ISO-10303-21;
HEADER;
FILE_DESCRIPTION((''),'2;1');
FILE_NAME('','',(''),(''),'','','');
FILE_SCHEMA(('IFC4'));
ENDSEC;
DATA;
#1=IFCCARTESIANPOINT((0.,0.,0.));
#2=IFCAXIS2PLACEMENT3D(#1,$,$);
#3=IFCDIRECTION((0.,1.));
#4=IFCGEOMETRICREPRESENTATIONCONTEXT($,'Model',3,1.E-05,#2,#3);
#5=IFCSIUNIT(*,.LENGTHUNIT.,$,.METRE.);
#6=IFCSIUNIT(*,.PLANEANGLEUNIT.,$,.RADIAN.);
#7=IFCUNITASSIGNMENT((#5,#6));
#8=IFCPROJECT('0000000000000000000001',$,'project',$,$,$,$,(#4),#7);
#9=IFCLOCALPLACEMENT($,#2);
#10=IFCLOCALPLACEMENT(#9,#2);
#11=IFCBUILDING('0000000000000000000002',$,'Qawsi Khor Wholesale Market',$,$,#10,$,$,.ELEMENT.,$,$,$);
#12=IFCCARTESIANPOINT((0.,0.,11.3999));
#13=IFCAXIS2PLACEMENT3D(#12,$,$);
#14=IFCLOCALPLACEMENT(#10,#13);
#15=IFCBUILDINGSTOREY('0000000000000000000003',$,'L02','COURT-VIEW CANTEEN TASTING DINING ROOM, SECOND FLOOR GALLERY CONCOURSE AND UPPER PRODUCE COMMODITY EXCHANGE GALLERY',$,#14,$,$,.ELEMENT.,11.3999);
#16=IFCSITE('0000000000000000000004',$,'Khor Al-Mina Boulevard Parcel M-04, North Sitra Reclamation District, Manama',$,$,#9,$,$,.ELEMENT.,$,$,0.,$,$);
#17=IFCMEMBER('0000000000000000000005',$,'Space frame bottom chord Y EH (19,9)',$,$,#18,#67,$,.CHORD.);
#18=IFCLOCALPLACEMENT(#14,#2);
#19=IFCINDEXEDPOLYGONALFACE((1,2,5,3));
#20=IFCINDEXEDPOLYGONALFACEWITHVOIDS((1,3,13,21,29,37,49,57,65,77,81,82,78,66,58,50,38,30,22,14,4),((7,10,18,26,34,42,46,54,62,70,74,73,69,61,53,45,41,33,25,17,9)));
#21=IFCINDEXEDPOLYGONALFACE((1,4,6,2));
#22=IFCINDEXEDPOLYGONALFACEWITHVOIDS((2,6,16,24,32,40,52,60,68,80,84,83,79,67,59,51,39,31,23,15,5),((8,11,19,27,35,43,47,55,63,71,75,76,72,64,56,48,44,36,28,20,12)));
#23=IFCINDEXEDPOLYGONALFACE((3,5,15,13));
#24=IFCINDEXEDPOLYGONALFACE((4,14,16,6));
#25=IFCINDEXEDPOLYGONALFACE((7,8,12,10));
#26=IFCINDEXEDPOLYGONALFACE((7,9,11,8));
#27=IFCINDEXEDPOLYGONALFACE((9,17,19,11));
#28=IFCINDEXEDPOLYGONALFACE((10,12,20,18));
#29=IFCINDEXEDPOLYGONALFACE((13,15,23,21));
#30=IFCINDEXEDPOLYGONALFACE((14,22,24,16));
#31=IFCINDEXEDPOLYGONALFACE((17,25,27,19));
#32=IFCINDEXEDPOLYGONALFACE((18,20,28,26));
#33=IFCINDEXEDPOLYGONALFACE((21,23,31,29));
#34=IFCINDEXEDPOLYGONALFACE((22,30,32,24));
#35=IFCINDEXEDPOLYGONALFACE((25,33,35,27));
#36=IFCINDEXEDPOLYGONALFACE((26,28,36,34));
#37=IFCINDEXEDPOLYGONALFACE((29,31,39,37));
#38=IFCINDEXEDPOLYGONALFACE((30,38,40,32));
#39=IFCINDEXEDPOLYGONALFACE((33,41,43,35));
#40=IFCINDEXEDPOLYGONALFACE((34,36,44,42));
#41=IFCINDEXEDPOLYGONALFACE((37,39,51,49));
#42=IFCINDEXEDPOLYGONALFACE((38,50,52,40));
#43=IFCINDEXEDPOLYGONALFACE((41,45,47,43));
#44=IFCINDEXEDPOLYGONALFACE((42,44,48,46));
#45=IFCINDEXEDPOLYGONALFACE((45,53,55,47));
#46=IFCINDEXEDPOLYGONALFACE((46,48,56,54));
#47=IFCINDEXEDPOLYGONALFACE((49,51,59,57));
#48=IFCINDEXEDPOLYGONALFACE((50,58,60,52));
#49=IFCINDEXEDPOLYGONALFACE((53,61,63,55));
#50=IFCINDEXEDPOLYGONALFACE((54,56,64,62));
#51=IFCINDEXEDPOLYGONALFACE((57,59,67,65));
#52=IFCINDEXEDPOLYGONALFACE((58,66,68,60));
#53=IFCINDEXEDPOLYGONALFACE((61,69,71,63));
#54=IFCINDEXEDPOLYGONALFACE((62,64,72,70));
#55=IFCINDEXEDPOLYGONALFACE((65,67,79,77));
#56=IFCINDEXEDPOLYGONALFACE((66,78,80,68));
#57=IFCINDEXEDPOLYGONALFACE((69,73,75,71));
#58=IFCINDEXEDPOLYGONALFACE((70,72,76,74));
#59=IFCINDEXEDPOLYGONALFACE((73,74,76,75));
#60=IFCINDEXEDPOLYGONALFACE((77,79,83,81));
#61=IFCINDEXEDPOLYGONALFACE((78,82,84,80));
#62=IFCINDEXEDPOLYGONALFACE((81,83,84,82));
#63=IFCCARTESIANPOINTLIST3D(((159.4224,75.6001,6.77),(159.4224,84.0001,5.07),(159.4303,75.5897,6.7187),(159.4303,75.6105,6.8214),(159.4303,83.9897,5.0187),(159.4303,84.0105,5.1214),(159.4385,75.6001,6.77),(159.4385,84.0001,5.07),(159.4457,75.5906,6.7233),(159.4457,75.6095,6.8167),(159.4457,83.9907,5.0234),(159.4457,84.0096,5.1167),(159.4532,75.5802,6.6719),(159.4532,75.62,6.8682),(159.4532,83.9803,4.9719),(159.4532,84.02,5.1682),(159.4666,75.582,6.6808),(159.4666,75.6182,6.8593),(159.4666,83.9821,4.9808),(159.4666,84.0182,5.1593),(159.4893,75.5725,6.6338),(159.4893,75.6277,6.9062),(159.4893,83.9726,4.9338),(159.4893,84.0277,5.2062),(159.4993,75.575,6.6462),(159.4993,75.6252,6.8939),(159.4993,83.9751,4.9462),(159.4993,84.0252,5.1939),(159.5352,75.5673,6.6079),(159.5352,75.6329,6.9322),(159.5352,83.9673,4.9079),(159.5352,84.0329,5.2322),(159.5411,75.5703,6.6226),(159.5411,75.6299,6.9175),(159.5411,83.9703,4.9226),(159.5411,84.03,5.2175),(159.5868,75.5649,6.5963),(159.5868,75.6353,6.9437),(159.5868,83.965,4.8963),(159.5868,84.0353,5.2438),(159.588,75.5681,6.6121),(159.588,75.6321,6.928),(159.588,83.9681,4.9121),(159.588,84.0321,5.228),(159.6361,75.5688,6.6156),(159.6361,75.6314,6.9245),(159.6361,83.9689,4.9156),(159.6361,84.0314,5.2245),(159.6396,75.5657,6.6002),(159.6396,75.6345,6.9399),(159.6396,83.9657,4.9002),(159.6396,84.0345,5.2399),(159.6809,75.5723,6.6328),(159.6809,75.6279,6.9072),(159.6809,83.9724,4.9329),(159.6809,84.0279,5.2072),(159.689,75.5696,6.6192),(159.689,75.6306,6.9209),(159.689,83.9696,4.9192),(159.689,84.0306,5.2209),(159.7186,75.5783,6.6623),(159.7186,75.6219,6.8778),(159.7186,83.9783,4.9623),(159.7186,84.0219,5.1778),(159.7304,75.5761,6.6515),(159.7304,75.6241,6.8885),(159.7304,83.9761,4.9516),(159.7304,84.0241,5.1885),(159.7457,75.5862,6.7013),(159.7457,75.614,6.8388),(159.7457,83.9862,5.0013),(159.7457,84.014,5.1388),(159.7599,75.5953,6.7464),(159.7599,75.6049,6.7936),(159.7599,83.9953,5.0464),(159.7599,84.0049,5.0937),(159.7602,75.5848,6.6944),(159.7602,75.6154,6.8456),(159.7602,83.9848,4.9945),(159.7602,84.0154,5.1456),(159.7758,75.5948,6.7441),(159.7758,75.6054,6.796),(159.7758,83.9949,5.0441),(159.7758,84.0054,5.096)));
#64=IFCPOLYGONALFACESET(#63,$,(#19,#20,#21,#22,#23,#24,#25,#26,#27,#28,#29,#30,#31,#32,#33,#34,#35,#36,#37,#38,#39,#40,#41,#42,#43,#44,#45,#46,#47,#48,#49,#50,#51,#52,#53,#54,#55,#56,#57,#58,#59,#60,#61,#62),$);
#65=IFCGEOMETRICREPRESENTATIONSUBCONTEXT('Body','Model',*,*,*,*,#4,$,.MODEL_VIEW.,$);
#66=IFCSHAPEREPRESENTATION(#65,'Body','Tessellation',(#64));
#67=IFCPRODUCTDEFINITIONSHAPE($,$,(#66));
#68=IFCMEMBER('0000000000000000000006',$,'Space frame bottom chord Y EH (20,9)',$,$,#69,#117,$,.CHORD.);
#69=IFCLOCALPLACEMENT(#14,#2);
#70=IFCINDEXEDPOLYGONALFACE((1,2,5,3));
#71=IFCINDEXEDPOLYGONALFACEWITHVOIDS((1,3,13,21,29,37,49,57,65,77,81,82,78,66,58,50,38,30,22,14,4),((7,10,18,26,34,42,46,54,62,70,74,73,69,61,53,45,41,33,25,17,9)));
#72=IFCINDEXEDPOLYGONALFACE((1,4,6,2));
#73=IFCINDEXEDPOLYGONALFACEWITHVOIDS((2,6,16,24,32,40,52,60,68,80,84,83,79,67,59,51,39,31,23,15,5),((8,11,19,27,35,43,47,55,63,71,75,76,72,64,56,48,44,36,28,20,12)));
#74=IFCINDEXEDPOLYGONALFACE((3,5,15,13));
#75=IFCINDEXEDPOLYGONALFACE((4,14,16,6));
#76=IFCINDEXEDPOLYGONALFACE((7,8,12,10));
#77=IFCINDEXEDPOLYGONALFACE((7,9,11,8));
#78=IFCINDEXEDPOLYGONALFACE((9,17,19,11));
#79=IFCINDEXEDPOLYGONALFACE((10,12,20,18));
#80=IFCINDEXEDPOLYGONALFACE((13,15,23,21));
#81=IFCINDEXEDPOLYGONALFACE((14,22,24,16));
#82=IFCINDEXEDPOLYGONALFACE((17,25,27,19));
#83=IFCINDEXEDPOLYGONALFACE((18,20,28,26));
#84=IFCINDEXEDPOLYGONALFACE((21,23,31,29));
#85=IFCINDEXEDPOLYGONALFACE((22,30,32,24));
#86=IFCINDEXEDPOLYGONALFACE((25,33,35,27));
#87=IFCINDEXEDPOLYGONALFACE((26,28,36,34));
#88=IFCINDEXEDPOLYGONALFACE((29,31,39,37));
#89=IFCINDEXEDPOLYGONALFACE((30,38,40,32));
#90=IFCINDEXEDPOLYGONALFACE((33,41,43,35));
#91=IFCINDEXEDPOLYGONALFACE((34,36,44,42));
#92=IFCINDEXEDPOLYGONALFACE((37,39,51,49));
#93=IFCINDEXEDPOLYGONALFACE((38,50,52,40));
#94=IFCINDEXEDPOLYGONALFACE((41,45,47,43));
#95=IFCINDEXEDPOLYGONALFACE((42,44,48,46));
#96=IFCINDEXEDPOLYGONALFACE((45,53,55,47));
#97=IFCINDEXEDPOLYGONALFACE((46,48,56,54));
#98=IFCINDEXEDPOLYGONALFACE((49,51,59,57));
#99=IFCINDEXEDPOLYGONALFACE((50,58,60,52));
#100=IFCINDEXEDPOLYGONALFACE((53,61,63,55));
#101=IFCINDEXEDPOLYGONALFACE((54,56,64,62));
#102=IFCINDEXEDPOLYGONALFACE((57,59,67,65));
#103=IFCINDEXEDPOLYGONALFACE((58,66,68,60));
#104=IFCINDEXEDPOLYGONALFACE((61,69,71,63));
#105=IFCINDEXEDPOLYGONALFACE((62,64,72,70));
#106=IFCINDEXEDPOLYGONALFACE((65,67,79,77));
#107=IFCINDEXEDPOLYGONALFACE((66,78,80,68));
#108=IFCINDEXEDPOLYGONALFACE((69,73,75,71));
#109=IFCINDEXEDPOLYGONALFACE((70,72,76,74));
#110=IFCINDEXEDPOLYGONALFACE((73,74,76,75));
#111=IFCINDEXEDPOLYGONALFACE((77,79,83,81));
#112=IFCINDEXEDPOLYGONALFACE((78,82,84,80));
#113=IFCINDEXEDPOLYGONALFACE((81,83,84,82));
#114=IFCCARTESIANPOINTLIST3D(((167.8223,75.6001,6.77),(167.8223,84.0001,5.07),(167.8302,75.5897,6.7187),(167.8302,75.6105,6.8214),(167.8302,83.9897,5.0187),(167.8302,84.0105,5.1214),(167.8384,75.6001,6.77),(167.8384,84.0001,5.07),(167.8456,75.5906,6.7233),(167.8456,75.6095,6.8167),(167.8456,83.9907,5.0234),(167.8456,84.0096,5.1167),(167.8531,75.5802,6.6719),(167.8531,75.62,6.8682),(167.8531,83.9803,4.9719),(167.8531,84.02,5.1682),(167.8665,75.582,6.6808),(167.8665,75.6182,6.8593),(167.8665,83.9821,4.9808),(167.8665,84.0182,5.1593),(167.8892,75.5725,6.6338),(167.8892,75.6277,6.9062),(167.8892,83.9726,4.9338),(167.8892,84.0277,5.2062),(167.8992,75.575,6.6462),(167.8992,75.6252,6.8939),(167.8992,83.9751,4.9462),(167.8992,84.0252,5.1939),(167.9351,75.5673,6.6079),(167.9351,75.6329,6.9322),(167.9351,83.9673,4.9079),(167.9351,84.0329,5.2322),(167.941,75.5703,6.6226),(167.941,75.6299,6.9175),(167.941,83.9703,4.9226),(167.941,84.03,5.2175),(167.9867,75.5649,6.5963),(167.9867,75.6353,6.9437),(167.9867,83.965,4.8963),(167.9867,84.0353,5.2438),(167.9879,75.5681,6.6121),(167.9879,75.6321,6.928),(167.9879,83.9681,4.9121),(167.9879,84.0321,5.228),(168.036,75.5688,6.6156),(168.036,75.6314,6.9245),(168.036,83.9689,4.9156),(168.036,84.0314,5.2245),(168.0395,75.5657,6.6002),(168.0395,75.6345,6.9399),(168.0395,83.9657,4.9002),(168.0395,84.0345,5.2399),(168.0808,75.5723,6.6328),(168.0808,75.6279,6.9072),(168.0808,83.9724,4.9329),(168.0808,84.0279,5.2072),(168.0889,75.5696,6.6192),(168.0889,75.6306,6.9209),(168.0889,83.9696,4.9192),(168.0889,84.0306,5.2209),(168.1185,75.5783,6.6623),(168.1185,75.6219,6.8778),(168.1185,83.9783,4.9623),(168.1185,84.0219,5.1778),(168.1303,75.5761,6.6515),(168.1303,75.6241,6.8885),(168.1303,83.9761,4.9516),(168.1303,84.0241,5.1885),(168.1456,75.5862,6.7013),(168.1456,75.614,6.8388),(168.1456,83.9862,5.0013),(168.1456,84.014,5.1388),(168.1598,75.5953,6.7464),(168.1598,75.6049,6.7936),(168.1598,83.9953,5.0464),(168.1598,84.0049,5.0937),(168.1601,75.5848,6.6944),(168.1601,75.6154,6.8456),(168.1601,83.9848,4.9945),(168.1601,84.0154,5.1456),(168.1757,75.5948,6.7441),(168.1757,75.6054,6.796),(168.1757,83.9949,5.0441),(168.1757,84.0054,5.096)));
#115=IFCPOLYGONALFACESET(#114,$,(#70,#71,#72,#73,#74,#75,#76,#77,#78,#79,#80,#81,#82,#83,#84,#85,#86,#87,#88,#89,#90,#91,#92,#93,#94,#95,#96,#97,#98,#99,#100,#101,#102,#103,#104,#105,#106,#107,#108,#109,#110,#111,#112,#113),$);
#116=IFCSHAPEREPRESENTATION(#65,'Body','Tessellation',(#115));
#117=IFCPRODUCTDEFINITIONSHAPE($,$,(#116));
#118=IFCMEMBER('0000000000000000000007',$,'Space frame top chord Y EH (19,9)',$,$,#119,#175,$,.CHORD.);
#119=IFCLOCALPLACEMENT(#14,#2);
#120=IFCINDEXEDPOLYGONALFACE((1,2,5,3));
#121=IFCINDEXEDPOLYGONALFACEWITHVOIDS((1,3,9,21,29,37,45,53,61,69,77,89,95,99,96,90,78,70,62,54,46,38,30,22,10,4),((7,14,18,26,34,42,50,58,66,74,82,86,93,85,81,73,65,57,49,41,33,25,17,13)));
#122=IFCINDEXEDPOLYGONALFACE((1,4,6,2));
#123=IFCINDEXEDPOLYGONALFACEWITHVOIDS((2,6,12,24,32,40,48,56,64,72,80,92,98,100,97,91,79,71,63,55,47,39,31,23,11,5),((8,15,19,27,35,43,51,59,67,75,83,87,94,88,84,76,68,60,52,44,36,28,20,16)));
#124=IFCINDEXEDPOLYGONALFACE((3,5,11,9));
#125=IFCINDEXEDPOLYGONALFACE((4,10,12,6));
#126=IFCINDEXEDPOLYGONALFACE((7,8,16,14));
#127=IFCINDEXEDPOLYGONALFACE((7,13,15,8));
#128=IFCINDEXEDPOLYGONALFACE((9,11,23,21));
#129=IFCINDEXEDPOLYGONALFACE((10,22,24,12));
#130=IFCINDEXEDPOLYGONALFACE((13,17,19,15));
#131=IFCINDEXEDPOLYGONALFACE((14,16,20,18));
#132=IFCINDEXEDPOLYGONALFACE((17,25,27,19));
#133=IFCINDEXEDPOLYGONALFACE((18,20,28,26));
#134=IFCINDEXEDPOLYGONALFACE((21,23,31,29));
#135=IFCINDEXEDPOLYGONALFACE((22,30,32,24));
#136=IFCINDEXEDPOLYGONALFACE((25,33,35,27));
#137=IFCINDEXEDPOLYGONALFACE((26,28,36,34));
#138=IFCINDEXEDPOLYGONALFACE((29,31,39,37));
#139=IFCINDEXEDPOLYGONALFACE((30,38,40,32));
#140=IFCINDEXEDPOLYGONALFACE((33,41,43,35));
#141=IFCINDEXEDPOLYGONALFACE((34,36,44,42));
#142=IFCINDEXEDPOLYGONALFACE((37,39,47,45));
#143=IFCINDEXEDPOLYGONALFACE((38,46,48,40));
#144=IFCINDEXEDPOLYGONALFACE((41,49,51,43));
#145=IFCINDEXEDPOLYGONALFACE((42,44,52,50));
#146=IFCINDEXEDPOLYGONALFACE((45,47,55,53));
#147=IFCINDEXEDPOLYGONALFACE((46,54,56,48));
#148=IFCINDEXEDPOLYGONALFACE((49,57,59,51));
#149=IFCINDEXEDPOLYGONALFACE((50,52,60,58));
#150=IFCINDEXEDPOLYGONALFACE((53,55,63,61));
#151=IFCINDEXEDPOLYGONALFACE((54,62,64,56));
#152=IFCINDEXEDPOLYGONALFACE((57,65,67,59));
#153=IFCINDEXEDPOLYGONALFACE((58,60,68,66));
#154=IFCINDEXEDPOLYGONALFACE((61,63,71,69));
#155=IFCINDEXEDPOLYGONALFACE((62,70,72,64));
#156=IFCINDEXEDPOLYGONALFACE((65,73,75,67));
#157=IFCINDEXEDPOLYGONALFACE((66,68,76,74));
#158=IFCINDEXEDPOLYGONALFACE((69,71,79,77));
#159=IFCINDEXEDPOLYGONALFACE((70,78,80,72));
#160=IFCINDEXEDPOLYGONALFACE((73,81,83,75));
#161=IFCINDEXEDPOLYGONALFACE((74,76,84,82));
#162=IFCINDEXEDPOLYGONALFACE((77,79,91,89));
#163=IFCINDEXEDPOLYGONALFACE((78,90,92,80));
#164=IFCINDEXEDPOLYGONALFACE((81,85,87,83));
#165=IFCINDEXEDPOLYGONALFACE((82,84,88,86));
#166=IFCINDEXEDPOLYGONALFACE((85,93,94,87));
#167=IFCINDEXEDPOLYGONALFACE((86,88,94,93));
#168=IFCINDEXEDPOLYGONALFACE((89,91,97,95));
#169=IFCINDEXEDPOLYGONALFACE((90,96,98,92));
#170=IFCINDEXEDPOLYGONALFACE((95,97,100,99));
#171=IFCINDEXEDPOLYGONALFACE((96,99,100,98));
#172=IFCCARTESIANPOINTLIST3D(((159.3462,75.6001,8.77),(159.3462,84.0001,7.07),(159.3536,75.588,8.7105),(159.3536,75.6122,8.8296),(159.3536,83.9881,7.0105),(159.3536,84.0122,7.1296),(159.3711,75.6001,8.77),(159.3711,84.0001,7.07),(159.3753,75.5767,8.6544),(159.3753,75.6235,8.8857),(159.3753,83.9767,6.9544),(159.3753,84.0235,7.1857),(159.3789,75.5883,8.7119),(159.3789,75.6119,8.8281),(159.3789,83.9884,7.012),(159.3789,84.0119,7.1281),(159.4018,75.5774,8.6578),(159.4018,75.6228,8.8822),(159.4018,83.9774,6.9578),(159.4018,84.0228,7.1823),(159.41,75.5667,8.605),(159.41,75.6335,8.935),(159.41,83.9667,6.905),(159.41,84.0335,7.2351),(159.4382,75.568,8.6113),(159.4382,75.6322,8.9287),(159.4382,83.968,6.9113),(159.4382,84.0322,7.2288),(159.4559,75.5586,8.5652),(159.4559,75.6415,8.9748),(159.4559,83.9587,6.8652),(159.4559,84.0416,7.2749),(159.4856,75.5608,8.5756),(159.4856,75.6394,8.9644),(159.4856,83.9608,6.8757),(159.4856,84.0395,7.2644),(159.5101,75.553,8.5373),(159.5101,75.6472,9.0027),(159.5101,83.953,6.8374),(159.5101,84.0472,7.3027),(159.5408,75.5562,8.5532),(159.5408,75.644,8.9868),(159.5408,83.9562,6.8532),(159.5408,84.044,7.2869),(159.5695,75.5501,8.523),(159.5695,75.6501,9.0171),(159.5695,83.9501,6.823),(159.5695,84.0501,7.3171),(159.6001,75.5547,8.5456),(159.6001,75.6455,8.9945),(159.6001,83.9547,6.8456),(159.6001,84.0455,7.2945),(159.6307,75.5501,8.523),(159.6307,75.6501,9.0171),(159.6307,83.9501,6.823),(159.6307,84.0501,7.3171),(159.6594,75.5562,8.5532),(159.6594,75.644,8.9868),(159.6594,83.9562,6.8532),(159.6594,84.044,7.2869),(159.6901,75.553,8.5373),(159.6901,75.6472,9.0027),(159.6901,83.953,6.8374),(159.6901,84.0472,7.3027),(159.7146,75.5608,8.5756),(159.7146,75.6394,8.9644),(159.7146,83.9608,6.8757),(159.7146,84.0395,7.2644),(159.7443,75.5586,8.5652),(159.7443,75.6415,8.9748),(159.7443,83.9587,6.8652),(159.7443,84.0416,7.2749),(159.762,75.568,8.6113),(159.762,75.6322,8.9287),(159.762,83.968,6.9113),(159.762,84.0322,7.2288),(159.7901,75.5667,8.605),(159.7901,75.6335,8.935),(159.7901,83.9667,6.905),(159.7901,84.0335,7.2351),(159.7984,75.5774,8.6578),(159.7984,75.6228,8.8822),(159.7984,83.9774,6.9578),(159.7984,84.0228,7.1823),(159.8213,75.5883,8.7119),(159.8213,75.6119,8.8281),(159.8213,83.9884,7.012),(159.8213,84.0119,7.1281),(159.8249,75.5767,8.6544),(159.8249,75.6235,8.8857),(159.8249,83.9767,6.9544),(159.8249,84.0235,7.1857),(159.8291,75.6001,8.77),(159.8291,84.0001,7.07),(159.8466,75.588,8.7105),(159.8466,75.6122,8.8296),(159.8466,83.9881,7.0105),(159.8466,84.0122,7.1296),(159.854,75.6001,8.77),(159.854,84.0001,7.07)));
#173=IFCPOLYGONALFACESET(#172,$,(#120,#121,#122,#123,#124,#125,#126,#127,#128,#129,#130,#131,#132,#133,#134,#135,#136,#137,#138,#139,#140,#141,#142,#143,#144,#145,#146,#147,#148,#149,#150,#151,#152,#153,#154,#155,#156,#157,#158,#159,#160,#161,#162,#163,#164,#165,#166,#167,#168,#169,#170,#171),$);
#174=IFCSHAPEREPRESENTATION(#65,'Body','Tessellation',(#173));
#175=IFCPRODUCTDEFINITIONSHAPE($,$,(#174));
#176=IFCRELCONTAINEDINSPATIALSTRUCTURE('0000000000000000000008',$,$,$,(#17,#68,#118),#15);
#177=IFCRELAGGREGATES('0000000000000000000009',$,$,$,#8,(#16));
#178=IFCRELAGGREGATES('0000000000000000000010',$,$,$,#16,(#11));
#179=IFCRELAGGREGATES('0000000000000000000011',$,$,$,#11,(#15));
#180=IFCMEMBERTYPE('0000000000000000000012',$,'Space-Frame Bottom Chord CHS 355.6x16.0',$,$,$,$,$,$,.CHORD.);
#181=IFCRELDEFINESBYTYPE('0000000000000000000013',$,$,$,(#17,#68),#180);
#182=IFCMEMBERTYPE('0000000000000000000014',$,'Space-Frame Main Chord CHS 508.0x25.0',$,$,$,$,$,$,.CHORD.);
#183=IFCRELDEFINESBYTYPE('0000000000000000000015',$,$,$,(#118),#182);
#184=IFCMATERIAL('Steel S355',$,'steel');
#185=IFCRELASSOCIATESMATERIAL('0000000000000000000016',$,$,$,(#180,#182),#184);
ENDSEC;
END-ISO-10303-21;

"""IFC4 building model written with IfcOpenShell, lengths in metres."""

from ifc_helpers import new_model, si_unit, direction, frame, origin, origin_2d, place, context, subcontext, project, spatial, hollow_circle, extrude, material, material_profile, profile_set, type_object, element, save


model = new_model("IFC4")

# Units and contexts
model_context = context("Model", 3, precision=1e-05, world=origin(), true_north=direction((0.0, 1.0)))
body_context = subcontext(model_context, "Body", "Model", "MODEL_VIEW")
ifc_project = project(units=[si_unit("LENGTHUNIT", "METRE"), si_unit("PLANEANGLEUNIT", "RADIAN")], contexts=[model_context])

# Site, building, storey
site_placement = place(None, origin())
site = spatial("IfcSite", under=ifc_project, at=site_placement, Name="Khor Al-Mina Boulevard Parcel M-04, North Sitra Reclamation District, Manama", CompositionType="ELEMENT", RefElevation=0.0)
building_placement = place(site_placement, origin())
building = spatial("IfcBuilding", under=site, at=building_placement, Name="Qawsi Khor Wholesale Market", CompositionType="ELEMENT")
storey_placement = place(building_placement, frame((0.0, 0.0, 11.3999)))
storey = spatial("IfcBuildingStorey", under=building, at=storey_placement, Name="L02", Description="COURT-VIEW CANTEEN TASTING DINING ROOM, SECOND FLOOR GALLERY CONCOURSE AND UPPER PRODUCE COMMODITY EXCHANGE GALLERY", CompositionType="ELEMENT", Elevation=11.3999)

# Members
ifc_material_1 = material(Name="Steel S355", Category="steel")
ifc_material_profile_1 = material_profile(ifc_material_1, hollow_circle(Radius=0.1777, WallThickness=0.0161, at=origin_2d()), Name="CHS 355.6x16.0")
ifc_profile_set_1 = profile_set([ifc_material_profile_1], Name="Steel S355")
member_type_1 = type_object("IfcMemberType", Name="Space-Frame Bottom Chord CHS 355.6x16.0", PredefinedType="CHORD", material=ifc_profile_set_1)
for number, where, z_axis, x_axis, name in (
    (1, (159.6001, 75.6001, 6.77), (0.0, 0.98013, -0.198356), (-1.0, 0.0, 0.0), "Space frame bottom chord Y EH (19,9)"),
    (2, (168.0, 75.6001, 6.77), (0.0, 0.98013, -0.198356), (-1.0, 0.0, 0.0), "Space frame bottom chord Y EH (20,9)"),
):
    element("IfcMember", number, at=place(storey_placement, frame(where, z_axis=z_axis, x_axis=x_axis)), inside=storey, type_object=member_type_1, Name=name, PredefinedType="CHORD", context=body_context, shape_type="SweptSolid", body=[
        extrude(hollow_circle(Radius=0.1777, WallThickness=0.0161, at=origin_2d()), origin(), (0.0, 0.0, 1.0), 8.5703),
    ])
ifc_material_profile_2 = material_profile(ifc_material_1, hollow_circle(Radius=0.2539, WallThickness=0.0249, at=origin_2d()), Name="CHS 508.0x25.0")
ifc_profile_set_2 = profile_set([ifc_material_profile_2], Name="Steel S355")
member_type_2 = type_object("IfcMemberType", Name="Space-Frame Main Chord CHS 508.0x25.0", PredefinedType="CHORD", material=ifc_profile_set_2)
member_1_placement = place(storey_placement, frame((159.6001, 75.6001, 8.77), z_axis=(0.0, 0.98013, -0.198356), x_axis=(-1.0, 0.0, 0.0)))
element("IfcMember", 3, at=member_1_placement, inside=storey, type_object=member_type_2, Name="Space frame top chord Y EH (19,9)", PredefinedType="CHORD", context=body_context, shape_type="SweptSolid", body=[
    extrude(hollow_circle(Radius=0.2539, WallThickness=0.0249, at=origin_2d()), origin(), (0.0, 0.0, 1.0), 8.5703),
])

save(model, "model.ifc")
